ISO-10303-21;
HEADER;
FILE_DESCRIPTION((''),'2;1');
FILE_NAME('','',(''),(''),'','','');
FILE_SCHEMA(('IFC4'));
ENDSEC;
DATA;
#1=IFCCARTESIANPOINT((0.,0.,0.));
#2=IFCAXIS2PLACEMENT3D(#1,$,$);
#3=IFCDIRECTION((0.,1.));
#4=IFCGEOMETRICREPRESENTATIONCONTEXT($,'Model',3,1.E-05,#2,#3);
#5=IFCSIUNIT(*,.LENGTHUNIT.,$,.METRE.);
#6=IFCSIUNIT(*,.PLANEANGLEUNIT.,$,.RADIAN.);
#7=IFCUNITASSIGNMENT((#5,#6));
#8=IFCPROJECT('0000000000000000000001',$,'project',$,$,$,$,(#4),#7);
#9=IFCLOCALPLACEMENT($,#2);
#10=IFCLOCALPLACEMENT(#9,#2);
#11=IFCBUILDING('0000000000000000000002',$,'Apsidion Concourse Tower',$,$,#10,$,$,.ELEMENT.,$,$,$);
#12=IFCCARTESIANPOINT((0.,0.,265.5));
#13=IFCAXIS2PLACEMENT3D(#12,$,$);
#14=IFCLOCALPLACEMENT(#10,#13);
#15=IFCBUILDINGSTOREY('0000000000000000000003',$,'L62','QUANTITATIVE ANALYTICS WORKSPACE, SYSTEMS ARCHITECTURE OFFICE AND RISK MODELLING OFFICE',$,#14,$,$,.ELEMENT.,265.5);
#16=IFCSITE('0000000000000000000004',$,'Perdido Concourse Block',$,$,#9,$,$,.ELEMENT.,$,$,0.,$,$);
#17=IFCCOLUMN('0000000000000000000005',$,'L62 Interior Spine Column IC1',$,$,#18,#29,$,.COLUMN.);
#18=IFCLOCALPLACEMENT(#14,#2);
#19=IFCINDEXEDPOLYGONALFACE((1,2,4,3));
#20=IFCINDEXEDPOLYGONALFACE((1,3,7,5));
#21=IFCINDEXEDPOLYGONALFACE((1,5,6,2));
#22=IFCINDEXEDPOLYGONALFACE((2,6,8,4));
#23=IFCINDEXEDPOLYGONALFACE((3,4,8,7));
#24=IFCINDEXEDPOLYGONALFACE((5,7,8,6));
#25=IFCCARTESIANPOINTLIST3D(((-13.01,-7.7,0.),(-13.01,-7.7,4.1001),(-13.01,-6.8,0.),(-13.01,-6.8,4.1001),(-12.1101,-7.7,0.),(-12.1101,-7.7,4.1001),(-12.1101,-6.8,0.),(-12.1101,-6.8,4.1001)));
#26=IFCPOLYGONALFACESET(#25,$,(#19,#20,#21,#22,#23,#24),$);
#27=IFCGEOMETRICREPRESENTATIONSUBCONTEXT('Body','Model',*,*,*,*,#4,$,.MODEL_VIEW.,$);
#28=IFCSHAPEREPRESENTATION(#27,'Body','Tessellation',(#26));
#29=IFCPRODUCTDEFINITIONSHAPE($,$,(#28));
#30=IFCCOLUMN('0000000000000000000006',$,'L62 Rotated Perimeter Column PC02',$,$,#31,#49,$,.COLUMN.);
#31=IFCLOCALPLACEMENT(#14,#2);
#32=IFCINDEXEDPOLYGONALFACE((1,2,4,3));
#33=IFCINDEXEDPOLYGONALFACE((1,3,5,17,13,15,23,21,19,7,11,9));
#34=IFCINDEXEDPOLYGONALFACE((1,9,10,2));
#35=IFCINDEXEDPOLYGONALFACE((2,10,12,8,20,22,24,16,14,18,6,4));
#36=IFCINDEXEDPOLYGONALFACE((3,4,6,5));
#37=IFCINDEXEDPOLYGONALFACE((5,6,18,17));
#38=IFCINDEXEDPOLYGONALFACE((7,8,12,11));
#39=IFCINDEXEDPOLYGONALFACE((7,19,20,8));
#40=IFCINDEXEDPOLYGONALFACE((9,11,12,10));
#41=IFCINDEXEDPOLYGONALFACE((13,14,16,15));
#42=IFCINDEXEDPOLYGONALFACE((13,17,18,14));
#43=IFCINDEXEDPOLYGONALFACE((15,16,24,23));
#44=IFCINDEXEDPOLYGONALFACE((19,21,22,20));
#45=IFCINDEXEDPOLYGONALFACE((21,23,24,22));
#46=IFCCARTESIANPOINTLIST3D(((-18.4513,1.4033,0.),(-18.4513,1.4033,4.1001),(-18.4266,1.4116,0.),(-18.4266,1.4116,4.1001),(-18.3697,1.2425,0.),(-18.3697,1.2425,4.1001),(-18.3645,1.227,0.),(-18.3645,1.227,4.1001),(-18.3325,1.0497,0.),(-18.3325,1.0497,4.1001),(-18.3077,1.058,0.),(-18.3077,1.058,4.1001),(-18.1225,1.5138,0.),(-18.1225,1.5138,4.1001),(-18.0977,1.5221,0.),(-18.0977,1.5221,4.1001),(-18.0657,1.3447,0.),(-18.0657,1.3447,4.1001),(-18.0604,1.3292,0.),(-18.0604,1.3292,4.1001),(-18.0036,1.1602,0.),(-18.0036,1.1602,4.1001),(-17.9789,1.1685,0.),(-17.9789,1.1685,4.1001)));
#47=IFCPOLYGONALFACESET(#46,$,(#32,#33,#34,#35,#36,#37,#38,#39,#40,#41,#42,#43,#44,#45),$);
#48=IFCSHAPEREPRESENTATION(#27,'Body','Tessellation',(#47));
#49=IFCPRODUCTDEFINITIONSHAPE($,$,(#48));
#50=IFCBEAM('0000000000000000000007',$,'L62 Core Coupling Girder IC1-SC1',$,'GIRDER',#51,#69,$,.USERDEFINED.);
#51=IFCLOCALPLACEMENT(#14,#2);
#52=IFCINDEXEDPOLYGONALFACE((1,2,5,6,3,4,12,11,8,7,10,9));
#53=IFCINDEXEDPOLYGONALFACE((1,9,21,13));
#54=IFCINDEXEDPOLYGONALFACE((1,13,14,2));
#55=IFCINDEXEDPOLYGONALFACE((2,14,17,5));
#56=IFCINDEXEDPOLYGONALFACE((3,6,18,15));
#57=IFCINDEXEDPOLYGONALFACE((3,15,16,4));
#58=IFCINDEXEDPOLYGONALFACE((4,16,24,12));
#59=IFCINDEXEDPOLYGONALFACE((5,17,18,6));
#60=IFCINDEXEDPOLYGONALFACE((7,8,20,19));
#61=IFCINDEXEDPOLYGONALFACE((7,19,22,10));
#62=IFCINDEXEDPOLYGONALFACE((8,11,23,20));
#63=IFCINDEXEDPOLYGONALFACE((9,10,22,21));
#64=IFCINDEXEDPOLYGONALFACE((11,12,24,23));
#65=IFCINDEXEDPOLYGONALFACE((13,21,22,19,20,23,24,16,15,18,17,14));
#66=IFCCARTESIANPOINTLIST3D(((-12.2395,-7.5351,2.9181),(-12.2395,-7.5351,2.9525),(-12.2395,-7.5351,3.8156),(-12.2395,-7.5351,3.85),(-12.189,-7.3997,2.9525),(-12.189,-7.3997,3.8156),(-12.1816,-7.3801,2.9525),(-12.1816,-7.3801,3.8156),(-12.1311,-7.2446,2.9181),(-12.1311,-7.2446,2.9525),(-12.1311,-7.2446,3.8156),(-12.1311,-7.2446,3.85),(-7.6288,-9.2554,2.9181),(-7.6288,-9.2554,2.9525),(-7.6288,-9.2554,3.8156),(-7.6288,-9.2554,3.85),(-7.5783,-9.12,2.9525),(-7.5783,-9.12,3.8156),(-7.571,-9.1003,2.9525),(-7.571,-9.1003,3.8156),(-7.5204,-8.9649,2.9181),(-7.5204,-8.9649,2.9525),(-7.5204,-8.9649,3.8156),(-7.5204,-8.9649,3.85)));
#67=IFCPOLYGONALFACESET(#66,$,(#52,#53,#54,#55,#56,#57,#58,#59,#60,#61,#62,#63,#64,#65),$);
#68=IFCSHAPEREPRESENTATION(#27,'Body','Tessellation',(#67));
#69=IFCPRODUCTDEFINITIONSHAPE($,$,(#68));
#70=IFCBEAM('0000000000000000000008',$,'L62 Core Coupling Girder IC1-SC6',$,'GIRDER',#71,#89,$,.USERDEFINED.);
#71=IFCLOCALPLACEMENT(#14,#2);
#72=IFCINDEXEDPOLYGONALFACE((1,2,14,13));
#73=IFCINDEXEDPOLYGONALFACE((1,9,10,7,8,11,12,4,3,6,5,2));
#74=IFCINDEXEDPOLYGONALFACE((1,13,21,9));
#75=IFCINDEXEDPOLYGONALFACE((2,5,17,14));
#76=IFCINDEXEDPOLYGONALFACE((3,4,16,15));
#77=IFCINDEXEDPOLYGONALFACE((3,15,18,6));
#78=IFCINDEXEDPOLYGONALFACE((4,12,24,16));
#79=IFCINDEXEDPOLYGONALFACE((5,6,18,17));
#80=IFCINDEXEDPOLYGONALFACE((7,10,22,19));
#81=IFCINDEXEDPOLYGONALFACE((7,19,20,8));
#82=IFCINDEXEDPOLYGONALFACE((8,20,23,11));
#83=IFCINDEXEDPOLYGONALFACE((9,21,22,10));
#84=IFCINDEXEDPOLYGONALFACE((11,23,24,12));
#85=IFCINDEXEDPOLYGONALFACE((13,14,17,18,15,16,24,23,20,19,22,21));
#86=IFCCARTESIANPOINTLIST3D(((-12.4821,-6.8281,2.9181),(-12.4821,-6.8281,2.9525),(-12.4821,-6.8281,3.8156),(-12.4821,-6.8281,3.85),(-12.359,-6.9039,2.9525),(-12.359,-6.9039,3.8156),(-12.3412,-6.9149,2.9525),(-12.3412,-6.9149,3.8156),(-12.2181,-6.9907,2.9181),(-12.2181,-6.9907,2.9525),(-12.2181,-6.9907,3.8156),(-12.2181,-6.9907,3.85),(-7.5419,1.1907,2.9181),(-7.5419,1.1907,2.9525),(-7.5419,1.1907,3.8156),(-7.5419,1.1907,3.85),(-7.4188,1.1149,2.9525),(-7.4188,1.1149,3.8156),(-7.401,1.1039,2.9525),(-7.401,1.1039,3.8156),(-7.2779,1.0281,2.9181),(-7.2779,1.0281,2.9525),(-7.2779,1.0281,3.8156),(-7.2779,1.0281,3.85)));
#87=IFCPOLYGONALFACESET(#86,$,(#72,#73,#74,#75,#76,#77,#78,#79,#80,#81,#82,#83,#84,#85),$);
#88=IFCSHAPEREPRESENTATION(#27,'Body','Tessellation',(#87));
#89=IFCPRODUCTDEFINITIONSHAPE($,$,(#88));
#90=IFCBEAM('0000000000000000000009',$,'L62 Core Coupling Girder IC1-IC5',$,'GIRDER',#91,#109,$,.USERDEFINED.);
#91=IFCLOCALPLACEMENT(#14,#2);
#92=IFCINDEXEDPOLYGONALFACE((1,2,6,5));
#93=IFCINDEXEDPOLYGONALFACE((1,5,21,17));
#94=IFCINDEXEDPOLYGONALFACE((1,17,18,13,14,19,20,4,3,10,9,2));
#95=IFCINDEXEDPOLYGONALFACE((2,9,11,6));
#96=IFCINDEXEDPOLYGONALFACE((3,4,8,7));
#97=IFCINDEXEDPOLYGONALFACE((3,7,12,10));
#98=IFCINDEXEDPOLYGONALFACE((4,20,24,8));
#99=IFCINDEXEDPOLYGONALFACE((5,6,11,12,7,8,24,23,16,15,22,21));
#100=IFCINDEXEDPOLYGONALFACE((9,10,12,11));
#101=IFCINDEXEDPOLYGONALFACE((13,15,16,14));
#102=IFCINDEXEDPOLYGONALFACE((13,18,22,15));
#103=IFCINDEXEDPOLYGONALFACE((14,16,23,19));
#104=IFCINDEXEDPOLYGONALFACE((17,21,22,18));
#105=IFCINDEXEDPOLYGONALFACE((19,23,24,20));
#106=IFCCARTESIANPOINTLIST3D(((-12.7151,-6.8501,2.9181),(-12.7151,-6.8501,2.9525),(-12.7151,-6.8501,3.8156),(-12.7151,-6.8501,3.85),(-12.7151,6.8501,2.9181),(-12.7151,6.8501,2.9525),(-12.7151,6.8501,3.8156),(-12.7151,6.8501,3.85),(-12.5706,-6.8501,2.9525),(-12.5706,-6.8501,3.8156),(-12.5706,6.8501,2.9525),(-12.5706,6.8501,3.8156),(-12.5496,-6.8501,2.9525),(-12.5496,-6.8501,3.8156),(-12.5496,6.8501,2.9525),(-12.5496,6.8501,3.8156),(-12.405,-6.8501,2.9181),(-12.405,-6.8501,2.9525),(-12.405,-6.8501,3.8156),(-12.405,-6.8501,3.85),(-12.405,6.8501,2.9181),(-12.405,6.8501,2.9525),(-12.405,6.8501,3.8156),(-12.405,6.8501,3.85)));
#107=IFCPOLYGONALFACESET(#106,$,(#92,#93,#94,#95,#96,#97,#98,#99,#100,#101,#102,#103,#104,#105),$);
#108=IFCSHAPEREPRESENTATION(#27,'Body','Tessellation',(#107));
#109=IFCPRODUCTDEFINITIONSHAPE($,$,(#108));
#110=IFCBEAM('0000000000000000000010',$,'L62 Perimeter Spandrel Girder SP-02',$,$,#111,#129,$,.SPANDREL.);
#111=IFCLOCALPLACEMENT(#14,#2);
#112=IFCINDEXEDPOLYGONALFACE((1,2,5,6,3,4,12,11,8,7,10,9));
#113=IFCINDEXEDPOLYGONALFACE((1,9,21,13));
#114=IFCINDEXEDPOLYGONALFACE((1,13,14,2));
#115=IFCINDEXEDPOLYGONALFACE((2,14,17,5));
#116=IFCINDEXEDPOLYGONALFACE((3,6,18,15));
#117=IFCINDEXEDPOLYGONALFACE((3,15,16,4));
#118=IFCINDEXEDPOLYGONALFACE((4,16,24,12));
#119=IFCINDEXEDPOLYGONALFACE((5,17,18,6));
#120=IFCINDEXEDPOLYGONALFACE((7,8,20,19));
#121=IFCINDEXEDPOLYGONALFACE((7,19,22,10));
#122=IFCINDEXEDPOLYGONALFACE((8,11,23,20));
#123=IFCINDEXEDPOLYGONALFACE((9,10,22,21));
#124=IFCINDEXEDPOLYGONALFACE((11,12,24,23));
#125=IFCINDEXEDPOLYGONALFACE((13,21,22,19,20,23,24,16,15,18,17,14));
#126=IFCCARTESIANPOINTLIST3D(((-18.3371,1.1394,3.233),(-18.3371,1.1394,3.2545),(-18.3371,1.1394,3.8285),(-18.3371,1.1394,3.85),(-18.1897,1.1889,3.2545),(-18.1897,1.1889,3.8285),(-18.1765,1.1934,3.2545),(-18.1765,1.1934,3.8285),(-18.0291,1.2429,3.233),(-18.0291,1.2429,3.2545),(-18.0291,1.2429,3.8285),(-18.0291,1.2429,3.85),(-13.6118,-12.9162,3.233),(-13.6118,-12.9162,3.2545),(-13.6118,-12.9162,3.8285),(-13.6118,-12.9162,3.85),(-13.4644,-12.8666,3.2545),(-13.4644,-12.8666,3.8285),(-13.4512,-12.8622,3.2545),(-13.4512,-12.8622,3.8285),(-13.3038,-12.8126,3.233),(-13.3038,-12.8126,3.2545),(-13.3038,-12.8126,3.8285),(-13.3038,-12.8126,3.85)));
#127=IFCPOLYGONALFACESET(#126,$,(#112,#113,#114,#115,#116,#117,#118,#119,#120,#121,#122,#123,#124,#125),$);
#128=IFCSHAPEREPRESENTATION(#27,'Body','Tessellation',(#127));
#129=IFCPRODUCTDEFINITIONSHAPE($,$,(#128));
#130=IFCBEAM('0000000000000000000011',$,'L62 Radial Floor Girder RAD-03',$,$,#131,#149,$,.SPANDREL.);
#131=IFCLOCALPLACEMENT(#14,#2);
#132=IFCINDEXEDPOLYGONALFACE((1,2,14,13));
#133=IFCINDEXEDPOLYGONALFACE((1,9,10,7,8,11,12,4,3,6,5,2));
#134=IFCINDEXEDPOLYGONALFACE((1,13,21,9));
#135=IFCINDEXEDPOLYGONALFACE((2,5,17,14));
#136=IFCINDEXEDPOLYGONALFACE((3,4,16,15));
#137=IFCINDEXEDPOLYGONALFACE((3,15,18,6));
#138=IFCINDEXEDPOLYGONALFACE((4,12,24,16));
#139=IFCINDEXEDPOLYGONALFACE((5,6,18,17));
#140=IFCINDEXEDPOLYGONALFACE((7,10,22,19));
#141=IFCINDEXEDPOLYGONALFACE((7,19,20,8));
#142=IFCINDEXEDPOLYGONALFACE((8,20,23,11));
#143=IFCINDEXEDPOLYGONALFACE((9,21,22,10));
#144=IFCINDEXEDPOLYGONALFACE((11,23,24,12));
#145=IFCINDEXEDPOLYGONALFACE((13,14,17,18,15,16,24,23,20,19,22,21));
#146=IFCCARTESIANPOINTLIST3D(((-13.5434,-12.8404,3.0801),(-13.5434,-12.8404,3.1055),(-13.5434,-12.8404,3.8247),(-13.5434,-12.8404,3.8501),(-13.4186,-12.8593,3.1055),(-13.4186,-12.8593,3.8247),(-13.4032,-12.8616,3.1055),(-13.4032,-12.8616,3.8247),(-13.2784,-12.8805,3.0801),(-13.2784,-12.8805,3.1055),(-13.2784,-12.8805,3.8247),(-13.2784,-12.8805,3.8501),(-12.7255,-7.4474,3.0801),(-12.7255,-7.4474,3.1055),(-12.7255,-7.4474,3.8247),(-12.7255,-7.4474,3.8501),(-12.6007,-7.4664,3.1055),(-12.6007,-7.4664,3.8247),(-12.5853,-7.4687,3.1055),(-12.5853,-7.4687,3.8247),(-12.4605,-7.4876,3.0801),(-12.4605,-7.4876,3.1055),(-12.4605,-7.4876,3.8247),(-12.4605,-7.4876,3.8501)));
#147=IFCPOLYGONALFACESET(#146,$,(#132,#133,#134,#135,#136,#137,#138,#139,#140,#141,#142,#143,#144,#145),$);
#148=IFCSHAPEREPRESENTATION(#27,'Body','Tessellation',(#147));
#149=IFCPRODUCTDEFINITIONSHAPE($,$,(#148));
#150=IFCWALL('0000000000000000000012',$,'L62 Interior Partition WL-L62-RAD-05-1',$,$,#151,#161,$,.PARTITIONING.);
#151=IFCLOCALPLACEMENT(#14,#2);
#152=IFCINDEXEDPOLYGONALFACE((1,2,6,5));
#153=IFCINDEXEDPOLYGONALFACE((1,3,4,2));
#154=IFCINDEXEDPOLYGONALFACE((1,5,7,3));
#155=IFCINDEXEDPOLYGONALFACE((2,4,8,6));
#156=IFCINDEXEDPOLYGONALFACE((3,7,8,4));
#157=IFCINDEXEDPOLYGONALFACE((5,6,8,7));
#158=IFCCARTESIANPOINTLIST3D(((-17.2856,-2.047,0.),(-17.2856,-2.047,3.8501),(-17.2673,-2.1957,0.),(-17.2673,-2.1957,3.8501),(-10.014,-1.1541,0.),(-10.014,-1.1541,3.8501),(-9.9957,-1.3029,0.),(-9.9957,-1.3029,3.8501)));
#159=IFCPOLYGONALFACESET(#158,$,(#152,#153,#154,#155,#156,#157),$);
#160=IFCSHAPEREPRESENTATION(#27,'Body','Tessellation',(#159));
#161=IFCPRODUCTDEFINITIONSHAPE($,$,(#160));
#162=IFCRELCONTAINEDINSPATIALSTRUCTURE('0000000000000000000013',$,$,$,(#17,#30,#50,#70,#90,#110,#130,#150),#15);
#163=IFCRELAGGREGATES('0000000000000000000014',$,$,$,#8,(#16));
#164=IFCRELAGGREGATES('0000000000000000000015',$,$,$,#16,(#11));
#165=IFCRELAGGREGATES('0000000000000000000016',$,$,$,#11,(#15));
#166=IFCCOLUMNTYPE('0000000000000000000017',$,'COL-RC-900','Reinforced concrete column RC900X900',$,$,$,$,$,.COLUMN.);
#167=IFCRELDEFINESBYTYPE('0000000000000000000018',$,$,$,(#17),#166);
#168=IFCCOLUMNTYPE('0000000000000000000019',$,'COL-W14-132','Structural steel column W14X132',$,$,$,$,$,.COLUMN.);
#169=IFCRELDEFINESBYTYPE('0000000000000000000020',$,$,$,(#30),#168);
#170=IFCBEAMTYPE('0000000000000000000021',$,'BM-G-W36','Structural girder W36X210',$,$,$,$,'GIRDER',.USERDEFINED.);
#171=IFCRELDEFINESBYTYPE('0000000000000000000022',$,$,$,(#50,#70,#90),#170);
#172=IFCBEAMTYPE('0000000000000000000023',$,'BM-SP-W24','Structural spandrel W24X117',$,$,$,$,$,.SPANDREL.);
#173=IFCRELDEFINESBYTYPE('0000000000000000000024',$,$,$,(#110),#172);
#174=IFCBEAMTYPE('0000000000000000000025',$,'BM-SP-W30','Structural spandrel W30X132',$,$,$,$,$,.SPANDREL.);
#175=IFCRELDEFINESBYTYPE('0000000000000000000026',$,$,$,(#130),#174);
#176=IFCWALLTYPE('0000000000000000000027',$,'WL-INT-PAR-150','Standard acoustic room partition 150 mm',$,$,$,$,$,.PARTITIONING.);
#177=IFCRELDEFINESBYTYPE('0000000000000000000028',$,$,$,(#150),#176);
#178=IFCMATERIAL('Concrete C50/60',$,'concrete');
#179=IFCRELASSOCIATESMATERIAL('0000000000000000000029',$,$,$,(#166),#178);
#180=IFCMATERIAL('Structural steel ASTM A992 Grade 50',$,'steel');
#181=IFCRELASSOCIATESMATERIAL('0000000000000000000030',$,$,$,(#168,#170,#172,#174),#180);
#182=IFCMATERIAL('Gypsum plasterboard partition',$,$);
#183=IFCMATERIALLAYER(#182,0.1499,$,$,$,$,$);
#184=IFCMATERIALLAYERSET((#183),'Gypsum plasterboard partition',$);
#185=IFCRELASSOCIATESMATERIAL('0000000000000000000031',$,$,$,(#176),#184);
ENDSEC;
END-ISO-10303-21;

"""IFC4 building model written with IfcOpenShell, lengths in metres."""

from ifc_helpers import new_model, si_unit, direction, frame, frame_2d, origin, origin_2d, place, context, subcontext, project, spatial, rectangle, i_section, extrude, material, layer, layer_set, material_profile, profile_set, type_object, element, save


model = new_model("IFC4")

# Units and contexts
model_context = context("Model", 3, precision=1e-05, world=origin(), true_north=direction((0.0, 1.0)))
body_context = subcontext(model_context, "Body", "Model", "MODEL_VIEW")
ifc_project = project(units=[si_unit("LENGTHUNIT", "METRE"), si_unit("PLANEANGLEUNIT", "RADIAN")], contexts=[model_context])

# Site, building, storey
site_placement = place(None, origin())
site = spatial("IfcSite", under=ifc_project, at=site_placement, Name="Perdido Concourse Block", CompositionType="ELEMENT", RefElevation=0.0)
building_placement = place(site_placement, origin())
building = spatial("IfcBuilding", under=site, at=building_placement, Name="Apsidion Concourse Tower", CompositionType="ELEMENT")
storey_placement = place(building_placement, frame((0.0, 0.0, 265.5)))
storey = spatial("IfcBuildingStorey", under=building, at=storey_placement, Name="L62", Description="QUANTITATIVE ANALYTICS WORKSPACE, SYSTEMS ARCHITECTURE OFFICE AND RISK MODELLING OFFICE", CompositionType="ELEMENT", Elevation=265.5)

# Columns
ifc_material_1 = material(Name="Concrete C50/60", Category="concrete")
ifc_material_profile_1 = material_profile(ifc_material_1, rectangle(XDim=0.8999, YDim=0.8999, at=origin_2d()), Name="RC 900x900")
ifc_profile_set_1 = profile_set([ifc_material_profile_1], Name="Concrete C50/60")
column_type_1 = type_object("IfcColumnType", Name="COL-RC-900", Description="Reinforced concrete column RC900X900", PredefinedType="COLUMN", material=ifc_profile_set_1)
column_1_placement = place(storey_placement, frame((-12.5601, -7.25, 0.0), z_axis=(0.0, 0.0, 1.0), x_axis=(1.0, 0.0, 0.0)))
element("IfcColumn", 1, at=column_1_placement, inside=storey, type_object=column_type_1, Name="L62 Interior Spine Column IC1", PredefinedType="COLUMN", context=body_context, shape_type="SweptSolid", body=[
    extrude(rectangle(XDim=0.8999, YDim=0.8999, at=origin_2d()), origin(), (0.0, 0.0, 1.0), 4.1001),
])
ifc_material_2 = material(Name="Structural steel ASTM A992 Grade 50", Category="steel")
ifc_material_profile_2 = material_profile(ifc_material_2, i_section(OverallWidth=0.373, OverallDepth=0.373, WebThickness=0.0164, FlangeThickness=0.0261, at=origin_2d()), Name="W14X132")
ifc_profile_set_2 = profile_set([ifc_material_profile_2], Name="Structural steel ASTM A992 Grade 50")
column_type_2 = type_object("IfcColumnType", Name="COL-W14-132", Description="Structural steel column W14X132", PredefinedType="COLUMN", material=ifc_profile_set_2)
column_2_placement = place(storey_placement, frame((-18.2151, 1.2859, 0.0), z_axis=(0.0, 0.0, 1.0), x_axis=(-0.318628, 0.94788, 0.0)))
element("IfcColumn", 2, at=column_2_placement, inside=storey, type_object=column_type_2, Name="L62 Rotated Perimeter Column PC02", PredefinedType="COLUMN", context=body_context, shape_type="SweptSolid", body=[
    extrude(i_section(OverallWidth=0.373, OverallDepth=0.373, WebThickness=0.0164, FlangeThickness=0.0261, at=origin_2d()), origin(), (0.0, 0.0, 1.0), 4.1001),
])

# Beams
ifc_material_profile_3 = material_profile(ifc_material_2, i_section(OverallWidth=0.3101, OverallDepth=0.9319, WebThickness=0.021, FlangeThickness=0.0344, at=origin_2d()), Name="W36X210")
ifc_profile_set_3 = profile_set([ifc_material_profile_3], Name="Structural steel ASTM A992 Grade 50")
beam_type_1 = type_object("IfcBeamType", Name="BM-G-W36", Description="Structural girder W36X210", ElementType="GIRDER", PredefinedType="USERDEFINED", material=ifc_profile_set_3)
beam_1_placement = place(storey_placement, frame((-12.1853, -7.3899, 3.384), z_axis=(0.936913, -0.349563, 0.0), x_axis=(0.349563, 0.936913, 0.0)))
element("IfcBeam", 3, at=beam_1_placement, inside=storey, type_object=beam_type_1, Name="L62 Core Coupling Girder IC1-SC1", ObjectType="GIRDER", PredefinedType="USERDEFINED", context=body_context, shape_type="SweptSolid", body=[
    extrude(i_section(OverallWidth=0.3101, OverallDepth=0.9319, WebThickness=0.021, FlangeThickness=0.0344, at=origin_2d()), origin(), (0.0, 0.0, 1.0), 4.9211),
])
beam_2_placement = place(storey_placement, frame((-12.3501, -6.9094, 3.384), z_axis=(0.524524, 0.851396, 0.0), x_axis=(-0.851396, 0.524524, 0.0)))
element("IfcBeam", 4, at=beam_2_placement, inside=storey, type_object=beam_type_1, Name="L62 Core Coupling Girder IC1-SC6", ObjectType="GIRDER", PredefinedType="USERDEFINED", context=body_context, shape_type="SweptSolid", body=[
    extrude(i_section(OverallWidth=0.3101, OverallDepth=0.9319, WebThickness=0.021, FlangeThickness=0.0344, at=origin_2d()), origin(), (0.0, 0.0, 1.0), 9.4185),
])
beam_3_placement = place(storey_placement, frame((-12.5601, -6.8501, 3.384), z_axis=(0.0, 1.0, 0.0), x_axis=(-1.0, 0.0, 0.0)))
element("IfcBeam", 5, at=beam_3_placement, inside=storey, type_object=beam_type_1, Name="L62 Core Coupling Girder IC1-IC5", ObjectType="GIRDER", PredefinedType="USERDEFINED", context=body_context, shape_type="SweptSolid", body=[
    extrude(i_section(OverallWidth=0.3101, OverallDepth=0.9319, WebThickness=0.021, FlangeThickness=0.0344, at=origin_2d()), origin(), (0.0, 0.0, 1.0), 13.7002),
])
ifc_material_profile_4 = material_profile(ifc_material_2, i_section(OverallWidth=0.325, OverallDepth=0.6169, WebThickness=0.0139, FlangeThickness=0.0215, at=origin_2d()), Name="W24X117")
ifc_profile_set_4 = profile_set([ifc_material_profile_4], Name="Structural steel ASTM A992 Grade 50")
beam_type_2 = type_object("IfcBeamType", Name="BM-SP-W24", Description="Structural spandrel W24X117", PredefinedType="SPANDREL", material=ifc_profile_set_4)
beam_4_placement = place(storey_placement, frame((-18.1831, 1.1912, 3.5415), z_axis=(0.318662, -0.947868, 0.0), x_axis=(0.947868, 0.318662, 0.0)))
element("IfcBeam", 6, at=beam_4_placement, inside=storey, type_object=beam_type_2, Name="L62 Perimeter Spandrel Girder SP-02", PredefinedType="SPANDREL", context=body_context, shape_type="SweptSolid", body=[
    extrude(i_section(OverallWidth=0.325, OverallDepth=0.6169, WebThickness=0.0139, FlangeThickness=0.0215, at=origin_2d()), origin(), (0.0, 0.0, 1.0), 14.8286),
])
ifc_material_profile_5 = material_profile(ifc_material_2, i_section(OverallWidth=0.2681, OverallDepth=0.77, WebThickness=0.0156, FlangeThickness=0.0254, at=origin_2d()), Name="W30X132")
ifc_profile_set_5 = profile_set([ifc_material_profile_5], Name="Structural steel ASTM A992 Grade 50")
beam_type_3 = type_object("IfcBeamType", Name="BM-SP-W30", Description="Structural spandrel W30X132", PredefinedType="SPANDREL", material=ifc_profile_set_5)
beam_5_placement = place(storey_placement, frame((-12.593, -7.4675, 3.4651), z_axis=(-0.149945, -0.988694, 0.0), x_axis=(0.988694, -0.149945, 0.0)))
element("IfcBeam", 7, at=beam_5_placement, inside=storey, type_object=beam_type_3, Name="L62 Radial Floor Girder RAD-03", PredefinedType="SPANDREL", context=body_context, shape_type="SweptSolid", body=[
    extrude(i_section(OverallWidth=0.2681, OverallDepth=0.77, WebThickness=0.0156, FlangeThickness=0.0254, at=origin_2d()), origin(), (0.0, 0.0, 1.0), 5.4546),
])

# Wall
ifc_material_3 = material(Name="Gypsum plasterboard partition")
ifc_layer_1 = layer(ifc_material_3, 0.1499)
ifc_layer_set_1 = layer_set([ifc_layer_1], Name="Gypsum plasterboard partition")
wall_type_1 = type_object("IfcWallType", Name="WL-INT-PAR-150", Description="Standard acoustic room partition 150 mm", PredefinedType="PARTITIONING", material=ifc_layer_set_1)
wall_1_placement = place(storey_placement, frame((-10.0049, -1.2285, 0.0), z_axis=(0.0, 0.0, 1.0), x_axis=(-0.992546, -0.121869, 0.0)))
element("IfcWall", 8, at=wall_1_placement, inside=storey, type_object=wall_type_1, Name="L62 Interior Partition WL-L62-RAD-05-1", PredefinedType="PARTITIONING", context=body_context, shape_type="SweptSolid", body=[
    extrude(rectangle(XDim=7.3262, YDim=0.1499, at=frame_2d((3.6631, 0.0))), origin(), (0.0, 0.0, 1.0), 3.8501),
])

save(model, "model.ifc")
